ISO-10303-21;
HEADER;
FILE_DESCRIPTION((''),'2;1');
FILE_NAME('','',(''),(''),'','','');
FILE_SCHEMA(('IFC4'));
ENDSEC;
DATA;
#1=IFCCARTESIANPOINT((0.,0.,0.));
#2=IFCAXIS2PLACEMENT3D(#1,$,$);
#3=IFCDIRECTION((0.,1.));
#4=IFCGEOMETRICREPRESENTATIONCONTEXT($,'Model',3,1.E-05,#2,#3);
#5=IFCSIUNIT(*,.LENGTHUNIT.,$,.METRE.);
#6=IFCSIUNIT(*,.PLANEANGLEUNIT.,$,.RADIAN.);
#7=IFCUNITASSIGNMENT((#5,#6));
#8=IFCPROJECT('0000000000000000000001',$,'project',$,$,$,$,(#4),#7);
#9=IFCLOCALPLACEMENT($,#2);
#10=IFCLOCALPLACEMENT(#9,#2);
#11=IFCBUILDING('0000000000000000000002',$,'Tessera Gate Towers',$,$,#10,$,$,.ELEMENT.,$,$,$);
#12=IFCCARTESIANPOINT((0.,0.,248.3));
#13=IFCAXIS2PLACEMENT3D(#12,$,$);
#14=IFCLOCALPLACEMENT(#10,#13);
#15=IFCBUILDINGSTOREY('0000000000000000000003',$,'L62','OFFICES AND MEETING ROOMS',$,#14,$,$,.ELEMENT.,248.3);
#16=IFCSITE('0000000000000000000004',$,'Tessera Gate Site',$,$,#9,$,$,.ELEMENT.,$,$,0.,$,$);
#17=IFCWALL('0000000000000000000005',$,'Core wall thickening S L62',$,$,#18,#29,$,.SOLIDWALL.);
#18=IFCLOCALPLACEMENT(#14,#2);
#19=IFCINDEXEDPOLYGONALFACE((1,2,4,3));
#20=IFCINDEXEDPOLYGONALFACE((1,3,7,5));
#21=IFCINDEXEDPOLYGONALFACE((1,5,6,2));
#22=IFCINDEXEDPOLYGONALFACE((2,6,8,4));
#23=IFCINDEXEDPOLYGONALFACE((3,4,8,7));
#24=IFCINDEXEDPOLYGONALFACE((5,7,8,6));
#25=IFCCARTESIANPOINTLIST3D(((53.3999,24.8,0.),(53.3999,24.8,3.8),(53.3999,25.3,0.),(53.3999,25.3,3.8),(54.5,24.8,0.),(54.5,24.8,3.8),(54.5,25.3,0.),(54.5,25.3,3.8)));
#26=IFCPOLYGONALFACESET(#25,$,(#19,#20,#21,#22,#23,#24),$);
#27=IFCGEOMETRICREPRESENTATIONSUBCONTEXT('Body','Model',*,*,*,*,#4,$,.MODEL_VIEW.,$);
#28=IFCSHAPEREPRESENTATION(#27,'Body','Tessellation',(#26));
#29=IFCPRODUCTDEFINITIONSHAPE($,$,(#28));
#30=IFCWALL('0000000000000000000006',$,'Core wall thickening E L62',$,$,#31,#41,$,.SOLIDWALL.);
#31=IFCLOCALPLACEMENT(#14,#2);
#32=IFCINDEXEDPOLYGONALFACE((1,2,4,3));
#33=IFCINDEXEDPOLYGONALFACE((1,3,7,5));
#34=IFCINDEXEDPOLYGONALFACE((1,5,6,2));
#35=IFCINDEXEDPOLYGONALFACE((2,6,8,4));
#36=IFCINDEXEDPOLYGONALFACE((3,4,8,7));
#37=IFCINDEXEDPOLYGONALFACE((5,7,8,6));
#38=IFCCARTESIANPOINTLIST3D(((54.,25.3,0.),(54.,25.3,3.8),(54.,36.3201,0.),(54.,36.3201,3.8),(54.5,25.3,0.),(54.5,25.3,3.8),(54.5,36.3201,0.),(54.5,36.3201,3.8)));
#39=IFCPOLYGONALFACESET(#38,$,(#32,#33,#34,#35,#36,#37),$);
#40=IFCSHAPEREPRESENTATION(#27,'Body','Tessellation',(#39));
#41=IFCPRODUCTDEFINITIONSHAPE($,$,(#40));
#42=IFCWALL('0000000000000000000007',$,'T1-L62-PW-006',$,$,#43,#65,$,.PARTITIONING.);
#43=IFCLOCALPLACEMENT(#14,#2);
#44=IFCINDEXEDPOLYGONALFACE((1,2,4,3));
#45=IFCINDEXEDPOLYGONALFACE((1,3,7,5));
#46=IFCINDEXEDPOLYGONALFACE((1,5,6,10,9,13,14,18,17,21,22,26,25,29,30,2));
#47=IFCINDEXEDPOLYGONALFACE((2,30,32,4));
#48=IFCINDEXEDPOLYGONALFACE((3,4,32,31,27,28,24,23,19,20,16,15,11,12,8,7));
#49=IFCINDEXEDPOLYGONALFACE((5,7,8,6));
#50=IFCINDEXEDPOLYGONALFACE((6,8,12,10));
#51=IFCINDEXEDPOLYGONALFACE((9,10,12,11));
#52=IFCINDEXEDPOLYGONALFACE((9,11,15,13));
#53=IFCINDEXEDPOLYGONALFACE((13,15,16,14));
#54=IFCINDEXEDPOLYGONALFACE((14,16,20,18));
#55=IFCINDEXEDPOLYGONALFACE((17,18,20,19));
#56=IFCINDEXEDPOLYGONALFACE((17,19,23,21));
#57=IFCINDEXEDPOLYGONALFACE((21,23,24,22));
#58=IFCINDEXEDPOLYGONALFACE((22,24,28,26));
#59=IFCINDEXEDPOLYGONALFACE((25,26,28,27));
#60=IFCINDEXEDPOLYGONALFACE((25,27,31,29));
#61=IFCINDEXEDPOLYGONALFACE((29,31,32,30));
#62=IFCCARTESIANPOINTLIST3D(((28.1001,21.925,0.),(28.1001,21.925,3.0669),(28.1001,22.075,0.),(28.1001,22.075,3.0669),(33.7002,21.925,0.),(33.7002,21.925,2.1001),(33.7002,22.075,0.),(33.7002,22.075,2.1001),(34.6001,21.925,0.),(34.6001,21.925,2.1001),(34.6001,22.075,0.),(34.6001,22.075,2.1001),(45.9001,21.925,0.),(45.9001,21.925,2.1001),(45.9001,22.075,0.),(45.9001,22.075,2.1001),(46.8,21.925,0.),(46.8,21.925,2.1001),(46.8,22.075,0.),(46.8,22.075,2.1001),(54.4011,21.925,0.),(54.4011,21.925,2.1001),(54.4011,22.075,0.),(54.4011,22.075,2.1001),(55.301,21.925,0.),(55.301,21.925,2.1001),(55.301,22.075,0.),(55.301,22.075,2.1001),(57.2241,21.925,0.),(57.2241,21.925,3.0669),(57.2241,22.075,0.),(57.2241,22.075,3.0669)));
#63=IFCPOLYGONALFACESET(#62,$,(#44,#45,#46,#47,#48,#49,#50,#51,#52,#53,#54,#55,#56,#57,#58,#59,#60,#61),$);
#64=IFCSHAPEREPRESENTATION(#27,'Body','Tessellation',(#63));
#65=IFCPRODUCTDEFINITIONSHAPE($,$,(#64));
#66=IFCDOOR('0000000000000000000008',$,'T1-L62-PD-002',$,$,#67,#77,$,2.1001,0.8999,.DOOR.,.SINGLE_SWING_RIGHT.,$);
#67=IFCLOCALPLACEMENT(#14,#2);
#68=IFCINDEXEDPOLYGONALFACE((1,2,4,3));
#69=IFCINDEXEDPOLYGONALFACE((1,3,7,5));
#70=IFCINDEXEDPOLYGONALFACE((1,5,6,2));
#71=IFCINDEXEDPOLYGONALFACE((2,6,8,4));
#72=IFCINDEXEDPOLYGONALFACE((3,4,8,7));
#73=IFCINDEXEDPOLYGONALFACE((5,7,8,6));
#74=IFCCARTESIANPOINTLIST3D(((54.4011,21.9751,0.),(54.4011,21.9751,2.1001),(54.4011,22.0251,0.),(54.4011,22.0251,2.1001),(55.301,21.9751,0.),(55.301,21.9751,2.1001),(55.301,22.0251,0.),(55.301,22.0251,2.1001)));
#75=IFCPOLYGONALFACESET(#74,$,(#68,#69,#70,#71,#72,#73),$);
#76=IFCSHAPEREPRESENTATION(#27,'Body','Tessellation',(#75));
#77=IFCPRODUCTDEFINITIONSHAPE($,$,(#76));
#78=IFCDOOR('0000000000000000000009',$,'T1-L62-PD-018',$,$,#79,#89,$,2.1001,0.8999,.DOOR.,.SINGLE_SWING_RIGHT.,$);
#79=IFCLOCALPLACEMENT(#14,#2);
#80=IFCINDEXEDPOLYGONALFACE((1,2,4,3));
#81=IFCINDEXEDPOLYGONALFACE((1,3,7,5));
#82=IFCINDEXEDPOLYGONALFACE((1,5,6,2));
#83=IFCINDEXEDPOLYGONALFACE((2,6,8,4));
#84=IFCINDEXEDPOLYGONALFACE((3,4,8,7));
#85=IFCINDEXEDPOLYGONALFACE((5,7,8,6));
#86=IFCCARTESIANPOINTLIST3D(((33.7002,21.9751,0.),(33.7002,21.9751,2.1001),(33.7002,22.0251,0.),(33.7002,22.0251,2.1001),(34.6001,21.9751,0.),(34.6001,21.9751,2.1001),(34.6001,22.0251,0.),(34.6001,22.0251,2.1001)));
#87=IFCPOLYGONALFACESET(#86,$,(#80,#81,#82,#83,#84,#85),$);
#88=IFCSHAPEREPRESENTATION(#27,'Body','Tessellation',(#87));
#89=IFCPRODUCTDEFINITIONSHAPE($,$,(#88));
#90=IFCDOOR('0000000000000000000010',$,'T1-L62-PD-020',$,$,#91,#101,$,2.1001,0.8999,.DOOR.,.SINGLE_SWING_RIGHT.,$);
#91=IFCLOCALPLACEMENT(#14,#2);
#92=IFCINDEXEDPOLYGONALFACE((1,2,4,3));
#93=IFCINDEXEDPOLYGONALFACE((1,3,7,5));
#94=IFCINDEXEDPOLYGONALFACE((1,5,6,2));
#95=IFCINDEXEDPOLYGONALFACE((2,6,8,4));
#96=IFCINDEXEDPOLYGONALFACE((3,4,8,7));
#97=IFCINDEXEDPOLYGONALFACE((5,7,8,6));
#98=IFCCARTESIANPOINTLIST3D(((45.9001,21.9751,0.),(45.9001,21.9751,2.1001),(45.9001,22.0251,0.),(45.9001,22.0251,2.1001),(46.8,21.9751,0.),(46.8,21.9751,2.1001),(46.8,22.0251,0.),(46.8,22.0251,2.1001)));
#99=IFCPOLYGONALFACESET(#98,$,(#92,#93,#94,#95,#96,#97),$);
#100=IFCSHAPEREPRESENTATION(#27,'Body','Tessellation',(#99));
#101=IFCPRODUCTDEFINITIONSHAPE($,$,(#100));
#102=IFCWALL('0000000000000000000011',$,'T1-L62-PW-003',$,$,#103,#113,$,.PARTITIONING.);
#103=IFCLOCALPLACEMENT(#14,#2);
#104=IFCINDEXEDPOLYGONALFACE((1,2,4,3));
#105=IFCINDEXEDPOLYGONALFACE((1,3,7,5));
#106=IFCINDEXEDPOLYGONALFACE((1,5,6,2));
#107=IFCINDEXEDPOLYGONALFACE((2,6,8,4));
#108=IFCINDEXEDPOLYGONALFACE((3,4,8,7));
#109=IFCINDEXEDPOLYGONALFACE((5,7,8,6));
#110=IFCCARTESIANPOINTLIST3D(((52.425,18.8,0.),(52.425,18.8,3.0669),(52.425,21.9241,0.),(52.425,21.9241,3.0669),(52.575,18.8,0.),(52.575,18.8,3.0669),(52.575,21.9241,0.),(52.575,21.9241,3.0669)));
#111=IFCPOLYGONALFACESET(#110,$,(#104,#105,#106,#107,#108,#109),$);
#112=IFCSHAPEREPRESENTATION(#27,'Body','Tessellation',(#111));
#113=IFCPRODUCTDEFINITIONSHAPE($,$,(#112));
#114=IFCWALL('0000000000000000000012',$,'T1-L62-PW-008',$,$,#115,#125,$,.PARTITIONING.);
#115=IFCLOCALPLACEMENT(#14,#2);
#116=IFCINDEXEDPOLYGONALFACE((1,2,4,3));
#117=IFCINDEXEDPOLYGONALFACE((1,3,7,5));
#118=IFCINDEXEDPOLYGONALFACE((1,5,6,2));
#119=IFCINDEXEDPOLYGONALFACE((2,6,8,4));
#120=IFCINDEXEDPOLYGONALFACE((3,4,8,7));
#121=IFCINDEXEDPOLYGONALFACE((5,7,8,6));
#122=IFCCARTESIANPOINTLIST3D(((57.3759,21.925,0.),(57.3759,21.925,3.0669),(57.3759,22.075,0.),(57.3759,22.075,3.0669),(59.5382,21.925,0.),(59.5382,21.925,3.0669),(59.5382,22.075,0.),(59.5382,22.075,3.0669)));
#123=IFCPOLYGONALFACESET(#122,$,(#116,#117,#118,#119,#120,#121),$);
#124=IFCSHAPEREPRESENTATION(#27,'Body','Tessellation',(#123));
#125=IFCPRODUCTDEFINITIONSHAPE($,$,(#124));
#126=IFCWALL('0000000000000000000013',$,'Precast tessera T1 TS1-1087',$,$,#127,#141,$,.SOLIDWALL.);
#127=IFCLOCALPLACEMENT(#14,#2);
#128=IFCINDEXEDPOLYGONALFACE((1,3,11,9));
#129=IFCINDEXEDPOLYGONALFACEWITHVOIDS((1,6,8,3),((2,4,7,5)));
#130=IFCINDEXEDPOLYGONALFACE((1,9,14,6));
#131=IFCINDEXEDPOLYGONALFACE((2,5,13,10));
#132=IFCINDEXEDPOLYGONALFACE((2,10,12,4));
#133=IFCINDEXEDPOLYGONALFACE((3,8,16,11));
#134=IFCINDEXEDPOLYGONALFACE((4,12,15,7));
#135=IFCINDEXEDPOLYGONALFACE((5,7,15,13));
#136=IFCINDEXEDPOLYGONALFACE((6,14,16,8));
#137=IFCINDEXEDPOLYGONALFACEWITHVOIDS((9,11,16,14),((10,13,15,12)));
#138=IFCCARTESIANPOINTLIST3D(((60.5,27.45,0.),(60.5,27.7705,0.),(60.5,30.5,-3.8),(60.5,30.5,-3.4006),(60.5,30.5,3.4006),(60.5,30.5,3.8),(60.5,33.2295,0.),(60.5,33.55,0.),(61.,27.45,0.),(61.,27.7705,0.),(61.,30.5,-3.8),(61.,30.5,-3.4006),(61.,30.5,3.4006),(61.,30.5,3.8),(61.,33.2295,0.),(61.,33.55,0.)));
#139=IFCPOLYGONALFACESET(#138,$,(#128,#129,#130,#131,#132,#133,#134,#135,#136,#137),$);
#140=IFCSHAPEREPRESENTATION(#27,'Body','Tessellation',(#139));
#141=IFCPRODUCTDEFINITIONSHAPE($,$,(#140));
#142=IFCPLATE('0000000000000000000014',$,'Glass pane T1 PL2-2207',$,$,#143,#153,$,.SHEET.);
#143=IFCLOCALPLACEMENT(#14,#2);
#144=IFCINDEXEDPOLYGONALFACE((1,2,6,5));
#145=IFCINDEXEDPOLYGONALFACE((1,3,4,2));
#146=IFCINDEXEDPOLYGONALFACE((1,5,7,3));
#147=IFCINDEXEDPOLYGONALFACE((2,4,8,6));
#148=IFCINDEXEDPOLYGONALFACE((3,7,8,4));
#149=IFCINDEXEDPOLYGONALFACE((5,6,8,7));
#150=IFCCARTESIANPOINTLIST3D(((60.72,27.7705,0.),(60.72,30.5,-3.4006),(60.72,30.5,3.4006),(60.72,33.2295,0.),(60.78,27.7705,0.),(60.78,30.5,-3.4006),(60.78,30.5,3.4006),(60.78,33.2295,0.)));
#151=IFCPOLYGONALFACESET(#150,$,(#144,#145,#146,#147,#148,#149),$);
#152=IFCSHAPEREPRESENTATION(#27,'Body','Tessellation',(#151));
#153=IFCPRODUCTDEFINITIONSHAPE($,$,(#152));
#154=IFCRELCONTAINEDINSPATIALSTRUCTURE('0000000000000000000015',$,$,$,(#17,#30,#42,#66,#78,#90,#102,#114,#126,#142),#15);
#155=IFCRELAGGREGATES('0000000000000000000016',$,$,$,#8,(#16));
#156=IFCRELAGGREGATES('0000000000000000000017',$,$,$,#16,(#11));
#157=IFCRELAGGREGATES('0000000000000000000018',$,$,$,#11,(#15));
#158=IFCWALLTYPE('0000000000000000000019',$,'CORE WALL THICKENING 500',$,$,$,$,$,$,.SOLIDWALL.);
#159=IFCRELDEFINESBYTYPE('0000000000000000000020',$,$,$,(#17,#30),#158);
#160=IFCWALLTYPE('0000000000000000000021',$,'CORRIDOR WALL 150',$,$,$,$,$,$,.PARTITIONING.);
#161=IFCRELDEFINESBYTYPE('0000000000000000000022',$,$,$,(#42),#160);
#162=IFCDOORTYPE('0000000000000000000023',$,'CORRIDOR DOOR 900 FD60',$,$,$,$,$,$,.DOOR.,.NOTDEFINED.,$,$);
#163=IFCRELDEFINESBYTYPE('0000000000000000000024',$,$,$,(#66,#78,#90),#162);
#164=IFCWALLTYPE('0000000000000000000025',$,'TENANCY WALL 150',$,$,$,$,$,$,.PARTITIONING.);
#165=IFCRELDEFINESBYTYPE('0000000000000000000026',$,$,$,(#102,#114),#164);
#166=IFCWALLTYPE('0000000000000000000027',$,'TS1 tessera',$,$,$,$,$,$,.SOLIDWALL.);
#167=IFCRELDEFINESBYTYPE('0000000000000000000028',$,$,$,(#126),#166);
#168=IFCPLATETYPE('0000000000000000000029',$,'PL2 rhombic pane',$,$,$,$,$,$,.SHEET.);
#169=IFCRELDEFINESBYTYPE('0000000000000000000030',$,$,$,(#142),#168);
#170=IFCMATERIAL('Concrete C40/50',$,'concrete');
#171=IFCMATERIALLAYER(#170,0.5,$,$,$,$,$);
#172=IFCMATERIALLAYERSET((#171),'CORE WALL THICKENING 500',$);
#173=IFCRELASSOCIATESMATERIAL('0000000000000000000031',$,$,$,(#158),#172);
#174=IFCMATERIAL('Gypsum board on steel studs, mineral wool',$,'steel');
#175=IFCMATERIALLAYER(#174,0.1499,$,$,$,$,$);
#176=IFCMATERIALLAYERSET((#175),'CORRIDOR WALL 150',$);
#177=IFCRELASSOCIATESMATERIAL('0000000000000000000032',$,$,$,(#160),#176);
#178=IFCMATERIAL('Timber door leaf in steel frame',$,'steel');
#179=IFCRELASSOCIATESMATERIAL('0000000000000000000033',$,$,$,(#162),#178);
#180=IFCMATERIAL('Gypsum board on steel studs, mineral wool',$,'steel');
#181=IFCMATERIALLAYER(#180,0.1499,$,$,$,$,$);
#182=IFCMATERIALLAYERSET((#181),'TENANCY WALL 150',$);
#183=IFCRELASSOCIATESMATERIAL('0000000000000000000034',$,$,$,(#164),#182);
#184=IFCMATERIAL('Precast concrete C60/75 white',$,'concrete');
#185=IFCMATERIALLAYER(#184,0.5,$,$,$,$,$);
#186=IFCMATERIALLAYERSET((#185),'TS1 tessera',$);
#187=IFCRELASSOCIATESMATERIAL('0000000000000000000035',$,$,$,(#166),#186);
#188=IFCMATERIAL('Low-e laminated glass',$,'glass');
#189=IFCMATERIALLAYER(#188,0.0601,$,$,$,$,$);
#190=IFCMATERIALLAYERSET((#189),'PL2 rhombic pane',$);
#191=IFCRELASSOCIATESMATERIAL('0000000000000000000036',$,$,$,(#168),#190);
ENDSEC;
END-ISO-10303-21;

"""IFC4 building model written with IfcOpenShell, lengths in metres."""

from ifc_helpers import new_model, si_unit, direction, frame, frame_2d, origin, place, context, subcontext, project, spatial, polyline, rectangle, outline, extrude, source, transform, mapped, material, layer, layer_set, type_object, element, fill, save


model = new_model("IFC4")

# Units and contexts
model_context = context("Model", 3, precision=1e-05, world=origin(), true_north=direction((0.0, 1.0)))
body_context = subcontext(model_context, "Body", "Model", "MODEL_VIEW")
ifc_project = project(units=[si_unit("LENGTHUNIT", "METRE"), si_unit("PLANEANGLEUNIT", "RADIAN")], contexts=[model_context])

# Site, building, storey
site_placement = place(None, origin())
site = spatial("IfcSite", under=ifc_project, at=site_placement, Name="Tessera Gate Site", CompositionType="ELEMENT", RefElevation=0.0)
building_placement = place(site_placement, origin())
building = spatial("IfcBuilding", under=site, at=building_placement, Name="Tessera Gate Towers", CompositionType="ELEMENT")
storey_placement = place(building_placement, frame((0.0, 0.0, 248.3)))
storey = spatial("IfcBuildingStorey", under=building, at=storey_placement, Name="L62", Description="OFFICES AND MEETING ROOMS", CompositionType="ELEMENT", Elevation=248.3)

# Walls
ifc_material_1 = material(Name="Concrete C40/50", Category="concrete")
ifc_layer_1 = layer(ifc_material_1, 0.5)
ifc_layer_set_1 = layer_set([ifc_layer_1], Name="CORE WALL THICKENING 500")
wall_type_1 = type_object("IfcWallType", Name="CORE WALL THICKENING 500", PredefinedType="SOLIDWALL", material=ifc_layer_set_1)
wall_1_placement = place(storey_placement, frame((53.3999, 25.05, 0.0), z_axis=(0.0, 0.0, 1.0), x_axis=(1.0, 0.0, 0.0)))
element("IfcWall", 1, at=wall_1_placement, inside=storey, type_object=wall_type_1, Name="Core wall thickening S L62", PredefinedType="SOLIDWALL", context=body_context, shape_type="SweptSolid", body=[
    extrude(rectangle(XDim=1.1001, YDim=0.5, at=frame_2d((0.55, 0.0))), origin(), (0.0, 0.0, 1.0), 3.8),
])
wall_2_placement = place(storey_placement, frame((54.25, 25.3, 0.0), z_axis=(0.0, 0.0, 1.0), x_axis=(0.0, 1.0, 0.0)))
element("IfcWall", 2, at=wall_2_placement, inside=storey, type_object=wall_type_1, Name="Core wall thickening E L62", PredefinedType="SOLIDWALL", context=body_context, shape_type="SweptSolid", body=[
    extrude(rectangle(XDim=11.02, YDim=0.5, at=frame_2d((5.51, 0.0))), origin(), (0.0, 0.0, 1.0), 3.8),
])

# Wall, openings, doors
ifc_material_2 = material(Name="Gypsum board on steel studs, mineral wool", Category="steel")
ifc_layer_2 = layer(ifc_material_2, 0.1499)
ifc_layer_set_2 = layer_set([ifc_layer_2], Name="CORRIDOR WALL 150")
wall_type_2 = type_object("IfcWallType", Name="CORRIDOR WALL 150", PredefinedType="PARTITIONING", material=ifc_layer_set_2)
wall_3_placement = place(storey_placement, frame((57.2241, 22.0, 0.0), z_axis=(0.0, 0.0, 1.0), x_axis=(-1.0, 0.0, 0.0)))
wall_3 = element("IfcWall", 3, at=wall_3_placement, inside=storey, type_object=wall_type_2, Name="T1-L62-PW-006", PredefinedType="PARTITIONING", context=body_context, shape_type="SweptSolid", body=[
    extrude(rectangle(XDim=29.124, YDim=0.1499, at=frame_2d((14.562, 0.0))), origin(), (0.0, 0.0, 1.0), 3.0669),
])
shared_shape_1 = source(origin(), body_context, "Body", "SweptSolid", [
    extrude(rectangle(XDim=0.8999, YDim=2.1001, at=frame_2d((0.45, 1.05))), frame((0.0, 0.085, 0.0), z_axis=(0.0, -1.0, 0.0), x_axis=(1.0, 0.0, 0.0)), (0.0, 0.0, 1.0), 0.1699),
])
opening_1_placement = place(wall_3_placement, frame((1.9231, 0.0, 0.0)))
opening_1 = element("IfcOpeningElement", 4, at=opening_1_placement, cuts=wall_3, PredefinedType="OPENING", context=body_context, shape_type="MappedRepresentation", body=[
    mapped(shared_shape_1, transform((0.0, 0.0, 0.0), scale=1.0)),
])
opening_2_placement = place(wall_3_placement, frame((22.624, 0.0, 0.0)))
opening_2 = element("IfcOpeningElement", 5, at=opening_2_placement, cuts=wall_3, PredefinedType="OPENING", context=body_context, shape_type="MappedRepresentation", body=[
    mapped(shared_shape_1, transform((0.0, 0.0, 0.0), scale=1.0)),
])
opening_3_placement = place(wall_3_placement, frame((10.4241, 0.0, 0.0)))
opening_3 = element("IfcOpeningElement", 6, at=opening_3_placement, cuts=wall_3, PredefinedType="OPENING", context=body_context, shape_type="MappedRepresentation", body=[
    mapped(shared_shape_1, transform((0.0, 0.0, 0.0), scale=1.0)),
])
ifc_material_3 = material(Name="Timber door leaf in steel frame", Category="steel")
door_type_1 = type_object("IfcDoorType", Name="CORRIDOR DOOR 900 FD60", OperationType="NOTDEFINED", PredefinedType="DOOR", material=ifc_material_3)
shared_shape_2 = source(origin(), body_context, "Body", "SweptSolid", [
    extrude(rectangle(XDim=0.8999, YDim=2.1001, at=frame_2d((0.45, 1.05))), frame((0.0, 0.0249, 0.0), z_axis=(0.0, -1.0, 0.0), x_axis=(1.0, 0.0, 0.0)), (0.0, 0.0, 1.0), 0.05),
])
door_1_placement = place(opening_1_placement, origin())
door_1 = element("IfcDoor", 7, at=door_1_placement, inside=storey, type_object=door_type_1, Name="T1-L62-PD-002", OperationType="SINGLE_SWING_RIGHT", OverallHeight=2.1001, OverallWidth=0.8999, PredefinedType="DOOR", context=body_context, shape_type="MappedRepresentation", body=[
    mapped(shared_shape_2, transform((0.0, 0.0, 0.0), scale=1.0)),
])
fill(opening_1, door_1)
door_2_placement = place(opening_2_placement, origin())
door_2 = element("IfcDoor", 8, at=door_2_placement, inside=storey, type_object=door_type_1, Name="T1-L62-PD-018", OperationType="SINGLE_SWING_RIGHT", OverallHeight=2.1001, OverallWidth=0.8999, PredefinedType="DOOR", context=body_context, shape_type="MappedRepresentation", body=[
    mapped(shared_shape_2, transform((0.0, 0.0, 0.0), scale=1.0)),
])
fill(opening_2, door_2)
door_3_placement = place(opening_3_placement, origin())
door_3 = element("IfcDoor", 9, at=door_3_placement, inside=storey, type_object=door_type_1, Name="T1-L62-PD-020", OperationType="SINGLE_SWING_RIGHT", OverallHeight=2.1001, OverallWidth=0.8999, PredefinedType="DOOR", context=body_context, shape_type="MappedRepresentation", body=[
    mapped(shared_shape_2, transform((0.0, 0.0, 0.0), scale=1.0)),
])
fill(opening_3, door_3)

# Walls
ifc_material_4 = material(Name="Gypsum board on steel studs, mineral wool", Category="steel")
ifc_layer_3 = layer(ifc_material_4, 0.1499)
ifc_layer_set_3 = layer_set([ifc_layer_3], Name="TENANCY WALL 150")
wall_type_3 = type_object("IfcWallType", Name="TENANCY WALL 150", PredefinedType="PARTITIONING", material=ifc_layer_set_3)
wall_4_placement = place(storey_placement, frame((52.5, 18.8, 0.0), z_axis=(0.0, 0.0, 1.0), x_axis=(0.0, 1.0, 0.0)))
element("IfcWall", 10, at=wall_4_placement, inside=storey, type_object=wall_type_3, Name="T1-L62-PW-003", PredefinedType="PARTITIONING", context=body_context, shape_type="SweptSolid", body=[
    extrude(rectangle(XDim=3.124, YDim=0.1499, at=frame_2d((1.562, 0.0))), origin(), (0.0, 0.0, 1.0), 3.0669),
])
wall_5_placement = place(storey_placement, frame((57.376, 22.0, 0.0), z_axis=(0.0, 0.0, 1.0), x_axis=(1.0, 0.0, 0.0)))
element("IfcWall", 11, at=wall_5_placement, inside=storey, type_object=wall_type_3, Name="T1-L62-PW-008", PredefinedType="PARTITIONING", context=body_context, shape_type="SweptSolid", body=[
    extrude(rectangle(XDim=2.1624, YDim=0.1499, at=frame_2d((1.0811, 0.0))), origin(), (0.0, 0.0, 1.0), 3.0669),
])

# Wall, opening, plate
ifc_material_5 = material(Name="Precast concrete C60/75 white", Category="concrete")
ifc_layer_4 = layer(ifc_material_5, 0.5)
ifc_layer_set_4 = layer_set([ifc_layer_4], Name="TS1 tessera")
wall_type_4 = type_object("IfcWallType", Name="TS1 tessera", PredefinedType="SOLIDWALL", material=ifc_layer_set_4)
shared_shape_3 = source(origin(), body_context, "Body", "SweptSolid", [
    extrude(outline(polyline([(3.05, 0.0), (6.1001, 3.8), (3.05, 7.6001), (0.0, 3.8), (3.05, 0.0)])), frame((0.0, 0.25, 0.0), z_axis=(0.0, -1.0, 0.0), x_axis=(1.0, 0.0, 0.0)), (0.0, 0.0, 1.0), 0.5),
])
wall_6_placement = place(storey_placement, frame((60.75, 27.45, -3.8), z_axis=(0.0, 0.0, 1.0), x_axis=(0.0, 1.0, 0.0)))
wall_6 = element("IfcWall", 12, at=wall_6_placement, inside=storey, type_object=wall_type_4, Name="Precast tessera T1 TS1-1087", PredefinedType="SOLIDWALL", context=body_context, shape_type="MappedRepresentation", body=[
    mapped(shared_shape_3, transform((0.0, 0.0, 0.0), scale=1.0)),
])
shared_shape_4 = source(origin(), body_context, "Body", "SweptSolid", [
    extrude(outline(polyline([(3.05, 0.3994), (5.7795, 3.8), (3.05, 7.2007), (0.3206, 3.8), (3.05, 0.3994)])), frame((0.0, 0.26, 0.0), z_axis=(0.0, -1.0, 0.0), x_axis=(1.0, 0.0, 0.0)), (0.0, 0.0, 1.0), 0.52),
])
opening_4_placement = place(wall_6_placement, origin())
opening_4 = element("IfcOpeningElement", 13, at=opening_4_placement, cuts=wall_6, PredefinedType="OPENING", context=body_context, shape_type="MappedRepresentation", body=[
    mapped(shared_shape_4, transform((0.0, 0.0, 0.0), scale=1.0)),
])
ifc_material_6 = material(Name="Low-e laminated glass", Category="glass")
ifc_layer_5 = layer(ifc_material_6, 0.0601)
ifc_layer_set_5 = layer_set([ifc_layer_5], Name="PL2 rhombic pane")
plate_type = type_object("IfcPlateType", Name="PL2 rhombic pane", PredefinedType="SHEET", material=ifc_layer_set_5)
shared_shape_5 = source(origin(), body_context, "Body", "SweptSolid", [
    extrude(outline(polyline([(3.05, 0.3994), (5.7795, 3.8), (3.05, 7.2007), (0.3206, 3.8), (3.05, 0.3994)])), frame((0.0, 0.03, 0.0), z_axis=(0.0, -1.0, 0.0), x_axis=(1.0, 0.0, 0.0)), (0.0, 0.0, 1.0), 0.0601),
])
plate_placement = place(opening_4_placement, origin())
plate = element("IfcPlate", 14, at=plate_placement, inside=storey, type_object=plate_type, Name="Glass pane T1 PL2-2207", PredefinedType="SHEET", context=body_context, shape_type="MappedRepresentation", body=[
    mapped(shared_shape_5, transform((0.0, 0.0, 0.0), scale=1.0)),
])
fill(opening_4, plate)

save(model, "model.ifc")
